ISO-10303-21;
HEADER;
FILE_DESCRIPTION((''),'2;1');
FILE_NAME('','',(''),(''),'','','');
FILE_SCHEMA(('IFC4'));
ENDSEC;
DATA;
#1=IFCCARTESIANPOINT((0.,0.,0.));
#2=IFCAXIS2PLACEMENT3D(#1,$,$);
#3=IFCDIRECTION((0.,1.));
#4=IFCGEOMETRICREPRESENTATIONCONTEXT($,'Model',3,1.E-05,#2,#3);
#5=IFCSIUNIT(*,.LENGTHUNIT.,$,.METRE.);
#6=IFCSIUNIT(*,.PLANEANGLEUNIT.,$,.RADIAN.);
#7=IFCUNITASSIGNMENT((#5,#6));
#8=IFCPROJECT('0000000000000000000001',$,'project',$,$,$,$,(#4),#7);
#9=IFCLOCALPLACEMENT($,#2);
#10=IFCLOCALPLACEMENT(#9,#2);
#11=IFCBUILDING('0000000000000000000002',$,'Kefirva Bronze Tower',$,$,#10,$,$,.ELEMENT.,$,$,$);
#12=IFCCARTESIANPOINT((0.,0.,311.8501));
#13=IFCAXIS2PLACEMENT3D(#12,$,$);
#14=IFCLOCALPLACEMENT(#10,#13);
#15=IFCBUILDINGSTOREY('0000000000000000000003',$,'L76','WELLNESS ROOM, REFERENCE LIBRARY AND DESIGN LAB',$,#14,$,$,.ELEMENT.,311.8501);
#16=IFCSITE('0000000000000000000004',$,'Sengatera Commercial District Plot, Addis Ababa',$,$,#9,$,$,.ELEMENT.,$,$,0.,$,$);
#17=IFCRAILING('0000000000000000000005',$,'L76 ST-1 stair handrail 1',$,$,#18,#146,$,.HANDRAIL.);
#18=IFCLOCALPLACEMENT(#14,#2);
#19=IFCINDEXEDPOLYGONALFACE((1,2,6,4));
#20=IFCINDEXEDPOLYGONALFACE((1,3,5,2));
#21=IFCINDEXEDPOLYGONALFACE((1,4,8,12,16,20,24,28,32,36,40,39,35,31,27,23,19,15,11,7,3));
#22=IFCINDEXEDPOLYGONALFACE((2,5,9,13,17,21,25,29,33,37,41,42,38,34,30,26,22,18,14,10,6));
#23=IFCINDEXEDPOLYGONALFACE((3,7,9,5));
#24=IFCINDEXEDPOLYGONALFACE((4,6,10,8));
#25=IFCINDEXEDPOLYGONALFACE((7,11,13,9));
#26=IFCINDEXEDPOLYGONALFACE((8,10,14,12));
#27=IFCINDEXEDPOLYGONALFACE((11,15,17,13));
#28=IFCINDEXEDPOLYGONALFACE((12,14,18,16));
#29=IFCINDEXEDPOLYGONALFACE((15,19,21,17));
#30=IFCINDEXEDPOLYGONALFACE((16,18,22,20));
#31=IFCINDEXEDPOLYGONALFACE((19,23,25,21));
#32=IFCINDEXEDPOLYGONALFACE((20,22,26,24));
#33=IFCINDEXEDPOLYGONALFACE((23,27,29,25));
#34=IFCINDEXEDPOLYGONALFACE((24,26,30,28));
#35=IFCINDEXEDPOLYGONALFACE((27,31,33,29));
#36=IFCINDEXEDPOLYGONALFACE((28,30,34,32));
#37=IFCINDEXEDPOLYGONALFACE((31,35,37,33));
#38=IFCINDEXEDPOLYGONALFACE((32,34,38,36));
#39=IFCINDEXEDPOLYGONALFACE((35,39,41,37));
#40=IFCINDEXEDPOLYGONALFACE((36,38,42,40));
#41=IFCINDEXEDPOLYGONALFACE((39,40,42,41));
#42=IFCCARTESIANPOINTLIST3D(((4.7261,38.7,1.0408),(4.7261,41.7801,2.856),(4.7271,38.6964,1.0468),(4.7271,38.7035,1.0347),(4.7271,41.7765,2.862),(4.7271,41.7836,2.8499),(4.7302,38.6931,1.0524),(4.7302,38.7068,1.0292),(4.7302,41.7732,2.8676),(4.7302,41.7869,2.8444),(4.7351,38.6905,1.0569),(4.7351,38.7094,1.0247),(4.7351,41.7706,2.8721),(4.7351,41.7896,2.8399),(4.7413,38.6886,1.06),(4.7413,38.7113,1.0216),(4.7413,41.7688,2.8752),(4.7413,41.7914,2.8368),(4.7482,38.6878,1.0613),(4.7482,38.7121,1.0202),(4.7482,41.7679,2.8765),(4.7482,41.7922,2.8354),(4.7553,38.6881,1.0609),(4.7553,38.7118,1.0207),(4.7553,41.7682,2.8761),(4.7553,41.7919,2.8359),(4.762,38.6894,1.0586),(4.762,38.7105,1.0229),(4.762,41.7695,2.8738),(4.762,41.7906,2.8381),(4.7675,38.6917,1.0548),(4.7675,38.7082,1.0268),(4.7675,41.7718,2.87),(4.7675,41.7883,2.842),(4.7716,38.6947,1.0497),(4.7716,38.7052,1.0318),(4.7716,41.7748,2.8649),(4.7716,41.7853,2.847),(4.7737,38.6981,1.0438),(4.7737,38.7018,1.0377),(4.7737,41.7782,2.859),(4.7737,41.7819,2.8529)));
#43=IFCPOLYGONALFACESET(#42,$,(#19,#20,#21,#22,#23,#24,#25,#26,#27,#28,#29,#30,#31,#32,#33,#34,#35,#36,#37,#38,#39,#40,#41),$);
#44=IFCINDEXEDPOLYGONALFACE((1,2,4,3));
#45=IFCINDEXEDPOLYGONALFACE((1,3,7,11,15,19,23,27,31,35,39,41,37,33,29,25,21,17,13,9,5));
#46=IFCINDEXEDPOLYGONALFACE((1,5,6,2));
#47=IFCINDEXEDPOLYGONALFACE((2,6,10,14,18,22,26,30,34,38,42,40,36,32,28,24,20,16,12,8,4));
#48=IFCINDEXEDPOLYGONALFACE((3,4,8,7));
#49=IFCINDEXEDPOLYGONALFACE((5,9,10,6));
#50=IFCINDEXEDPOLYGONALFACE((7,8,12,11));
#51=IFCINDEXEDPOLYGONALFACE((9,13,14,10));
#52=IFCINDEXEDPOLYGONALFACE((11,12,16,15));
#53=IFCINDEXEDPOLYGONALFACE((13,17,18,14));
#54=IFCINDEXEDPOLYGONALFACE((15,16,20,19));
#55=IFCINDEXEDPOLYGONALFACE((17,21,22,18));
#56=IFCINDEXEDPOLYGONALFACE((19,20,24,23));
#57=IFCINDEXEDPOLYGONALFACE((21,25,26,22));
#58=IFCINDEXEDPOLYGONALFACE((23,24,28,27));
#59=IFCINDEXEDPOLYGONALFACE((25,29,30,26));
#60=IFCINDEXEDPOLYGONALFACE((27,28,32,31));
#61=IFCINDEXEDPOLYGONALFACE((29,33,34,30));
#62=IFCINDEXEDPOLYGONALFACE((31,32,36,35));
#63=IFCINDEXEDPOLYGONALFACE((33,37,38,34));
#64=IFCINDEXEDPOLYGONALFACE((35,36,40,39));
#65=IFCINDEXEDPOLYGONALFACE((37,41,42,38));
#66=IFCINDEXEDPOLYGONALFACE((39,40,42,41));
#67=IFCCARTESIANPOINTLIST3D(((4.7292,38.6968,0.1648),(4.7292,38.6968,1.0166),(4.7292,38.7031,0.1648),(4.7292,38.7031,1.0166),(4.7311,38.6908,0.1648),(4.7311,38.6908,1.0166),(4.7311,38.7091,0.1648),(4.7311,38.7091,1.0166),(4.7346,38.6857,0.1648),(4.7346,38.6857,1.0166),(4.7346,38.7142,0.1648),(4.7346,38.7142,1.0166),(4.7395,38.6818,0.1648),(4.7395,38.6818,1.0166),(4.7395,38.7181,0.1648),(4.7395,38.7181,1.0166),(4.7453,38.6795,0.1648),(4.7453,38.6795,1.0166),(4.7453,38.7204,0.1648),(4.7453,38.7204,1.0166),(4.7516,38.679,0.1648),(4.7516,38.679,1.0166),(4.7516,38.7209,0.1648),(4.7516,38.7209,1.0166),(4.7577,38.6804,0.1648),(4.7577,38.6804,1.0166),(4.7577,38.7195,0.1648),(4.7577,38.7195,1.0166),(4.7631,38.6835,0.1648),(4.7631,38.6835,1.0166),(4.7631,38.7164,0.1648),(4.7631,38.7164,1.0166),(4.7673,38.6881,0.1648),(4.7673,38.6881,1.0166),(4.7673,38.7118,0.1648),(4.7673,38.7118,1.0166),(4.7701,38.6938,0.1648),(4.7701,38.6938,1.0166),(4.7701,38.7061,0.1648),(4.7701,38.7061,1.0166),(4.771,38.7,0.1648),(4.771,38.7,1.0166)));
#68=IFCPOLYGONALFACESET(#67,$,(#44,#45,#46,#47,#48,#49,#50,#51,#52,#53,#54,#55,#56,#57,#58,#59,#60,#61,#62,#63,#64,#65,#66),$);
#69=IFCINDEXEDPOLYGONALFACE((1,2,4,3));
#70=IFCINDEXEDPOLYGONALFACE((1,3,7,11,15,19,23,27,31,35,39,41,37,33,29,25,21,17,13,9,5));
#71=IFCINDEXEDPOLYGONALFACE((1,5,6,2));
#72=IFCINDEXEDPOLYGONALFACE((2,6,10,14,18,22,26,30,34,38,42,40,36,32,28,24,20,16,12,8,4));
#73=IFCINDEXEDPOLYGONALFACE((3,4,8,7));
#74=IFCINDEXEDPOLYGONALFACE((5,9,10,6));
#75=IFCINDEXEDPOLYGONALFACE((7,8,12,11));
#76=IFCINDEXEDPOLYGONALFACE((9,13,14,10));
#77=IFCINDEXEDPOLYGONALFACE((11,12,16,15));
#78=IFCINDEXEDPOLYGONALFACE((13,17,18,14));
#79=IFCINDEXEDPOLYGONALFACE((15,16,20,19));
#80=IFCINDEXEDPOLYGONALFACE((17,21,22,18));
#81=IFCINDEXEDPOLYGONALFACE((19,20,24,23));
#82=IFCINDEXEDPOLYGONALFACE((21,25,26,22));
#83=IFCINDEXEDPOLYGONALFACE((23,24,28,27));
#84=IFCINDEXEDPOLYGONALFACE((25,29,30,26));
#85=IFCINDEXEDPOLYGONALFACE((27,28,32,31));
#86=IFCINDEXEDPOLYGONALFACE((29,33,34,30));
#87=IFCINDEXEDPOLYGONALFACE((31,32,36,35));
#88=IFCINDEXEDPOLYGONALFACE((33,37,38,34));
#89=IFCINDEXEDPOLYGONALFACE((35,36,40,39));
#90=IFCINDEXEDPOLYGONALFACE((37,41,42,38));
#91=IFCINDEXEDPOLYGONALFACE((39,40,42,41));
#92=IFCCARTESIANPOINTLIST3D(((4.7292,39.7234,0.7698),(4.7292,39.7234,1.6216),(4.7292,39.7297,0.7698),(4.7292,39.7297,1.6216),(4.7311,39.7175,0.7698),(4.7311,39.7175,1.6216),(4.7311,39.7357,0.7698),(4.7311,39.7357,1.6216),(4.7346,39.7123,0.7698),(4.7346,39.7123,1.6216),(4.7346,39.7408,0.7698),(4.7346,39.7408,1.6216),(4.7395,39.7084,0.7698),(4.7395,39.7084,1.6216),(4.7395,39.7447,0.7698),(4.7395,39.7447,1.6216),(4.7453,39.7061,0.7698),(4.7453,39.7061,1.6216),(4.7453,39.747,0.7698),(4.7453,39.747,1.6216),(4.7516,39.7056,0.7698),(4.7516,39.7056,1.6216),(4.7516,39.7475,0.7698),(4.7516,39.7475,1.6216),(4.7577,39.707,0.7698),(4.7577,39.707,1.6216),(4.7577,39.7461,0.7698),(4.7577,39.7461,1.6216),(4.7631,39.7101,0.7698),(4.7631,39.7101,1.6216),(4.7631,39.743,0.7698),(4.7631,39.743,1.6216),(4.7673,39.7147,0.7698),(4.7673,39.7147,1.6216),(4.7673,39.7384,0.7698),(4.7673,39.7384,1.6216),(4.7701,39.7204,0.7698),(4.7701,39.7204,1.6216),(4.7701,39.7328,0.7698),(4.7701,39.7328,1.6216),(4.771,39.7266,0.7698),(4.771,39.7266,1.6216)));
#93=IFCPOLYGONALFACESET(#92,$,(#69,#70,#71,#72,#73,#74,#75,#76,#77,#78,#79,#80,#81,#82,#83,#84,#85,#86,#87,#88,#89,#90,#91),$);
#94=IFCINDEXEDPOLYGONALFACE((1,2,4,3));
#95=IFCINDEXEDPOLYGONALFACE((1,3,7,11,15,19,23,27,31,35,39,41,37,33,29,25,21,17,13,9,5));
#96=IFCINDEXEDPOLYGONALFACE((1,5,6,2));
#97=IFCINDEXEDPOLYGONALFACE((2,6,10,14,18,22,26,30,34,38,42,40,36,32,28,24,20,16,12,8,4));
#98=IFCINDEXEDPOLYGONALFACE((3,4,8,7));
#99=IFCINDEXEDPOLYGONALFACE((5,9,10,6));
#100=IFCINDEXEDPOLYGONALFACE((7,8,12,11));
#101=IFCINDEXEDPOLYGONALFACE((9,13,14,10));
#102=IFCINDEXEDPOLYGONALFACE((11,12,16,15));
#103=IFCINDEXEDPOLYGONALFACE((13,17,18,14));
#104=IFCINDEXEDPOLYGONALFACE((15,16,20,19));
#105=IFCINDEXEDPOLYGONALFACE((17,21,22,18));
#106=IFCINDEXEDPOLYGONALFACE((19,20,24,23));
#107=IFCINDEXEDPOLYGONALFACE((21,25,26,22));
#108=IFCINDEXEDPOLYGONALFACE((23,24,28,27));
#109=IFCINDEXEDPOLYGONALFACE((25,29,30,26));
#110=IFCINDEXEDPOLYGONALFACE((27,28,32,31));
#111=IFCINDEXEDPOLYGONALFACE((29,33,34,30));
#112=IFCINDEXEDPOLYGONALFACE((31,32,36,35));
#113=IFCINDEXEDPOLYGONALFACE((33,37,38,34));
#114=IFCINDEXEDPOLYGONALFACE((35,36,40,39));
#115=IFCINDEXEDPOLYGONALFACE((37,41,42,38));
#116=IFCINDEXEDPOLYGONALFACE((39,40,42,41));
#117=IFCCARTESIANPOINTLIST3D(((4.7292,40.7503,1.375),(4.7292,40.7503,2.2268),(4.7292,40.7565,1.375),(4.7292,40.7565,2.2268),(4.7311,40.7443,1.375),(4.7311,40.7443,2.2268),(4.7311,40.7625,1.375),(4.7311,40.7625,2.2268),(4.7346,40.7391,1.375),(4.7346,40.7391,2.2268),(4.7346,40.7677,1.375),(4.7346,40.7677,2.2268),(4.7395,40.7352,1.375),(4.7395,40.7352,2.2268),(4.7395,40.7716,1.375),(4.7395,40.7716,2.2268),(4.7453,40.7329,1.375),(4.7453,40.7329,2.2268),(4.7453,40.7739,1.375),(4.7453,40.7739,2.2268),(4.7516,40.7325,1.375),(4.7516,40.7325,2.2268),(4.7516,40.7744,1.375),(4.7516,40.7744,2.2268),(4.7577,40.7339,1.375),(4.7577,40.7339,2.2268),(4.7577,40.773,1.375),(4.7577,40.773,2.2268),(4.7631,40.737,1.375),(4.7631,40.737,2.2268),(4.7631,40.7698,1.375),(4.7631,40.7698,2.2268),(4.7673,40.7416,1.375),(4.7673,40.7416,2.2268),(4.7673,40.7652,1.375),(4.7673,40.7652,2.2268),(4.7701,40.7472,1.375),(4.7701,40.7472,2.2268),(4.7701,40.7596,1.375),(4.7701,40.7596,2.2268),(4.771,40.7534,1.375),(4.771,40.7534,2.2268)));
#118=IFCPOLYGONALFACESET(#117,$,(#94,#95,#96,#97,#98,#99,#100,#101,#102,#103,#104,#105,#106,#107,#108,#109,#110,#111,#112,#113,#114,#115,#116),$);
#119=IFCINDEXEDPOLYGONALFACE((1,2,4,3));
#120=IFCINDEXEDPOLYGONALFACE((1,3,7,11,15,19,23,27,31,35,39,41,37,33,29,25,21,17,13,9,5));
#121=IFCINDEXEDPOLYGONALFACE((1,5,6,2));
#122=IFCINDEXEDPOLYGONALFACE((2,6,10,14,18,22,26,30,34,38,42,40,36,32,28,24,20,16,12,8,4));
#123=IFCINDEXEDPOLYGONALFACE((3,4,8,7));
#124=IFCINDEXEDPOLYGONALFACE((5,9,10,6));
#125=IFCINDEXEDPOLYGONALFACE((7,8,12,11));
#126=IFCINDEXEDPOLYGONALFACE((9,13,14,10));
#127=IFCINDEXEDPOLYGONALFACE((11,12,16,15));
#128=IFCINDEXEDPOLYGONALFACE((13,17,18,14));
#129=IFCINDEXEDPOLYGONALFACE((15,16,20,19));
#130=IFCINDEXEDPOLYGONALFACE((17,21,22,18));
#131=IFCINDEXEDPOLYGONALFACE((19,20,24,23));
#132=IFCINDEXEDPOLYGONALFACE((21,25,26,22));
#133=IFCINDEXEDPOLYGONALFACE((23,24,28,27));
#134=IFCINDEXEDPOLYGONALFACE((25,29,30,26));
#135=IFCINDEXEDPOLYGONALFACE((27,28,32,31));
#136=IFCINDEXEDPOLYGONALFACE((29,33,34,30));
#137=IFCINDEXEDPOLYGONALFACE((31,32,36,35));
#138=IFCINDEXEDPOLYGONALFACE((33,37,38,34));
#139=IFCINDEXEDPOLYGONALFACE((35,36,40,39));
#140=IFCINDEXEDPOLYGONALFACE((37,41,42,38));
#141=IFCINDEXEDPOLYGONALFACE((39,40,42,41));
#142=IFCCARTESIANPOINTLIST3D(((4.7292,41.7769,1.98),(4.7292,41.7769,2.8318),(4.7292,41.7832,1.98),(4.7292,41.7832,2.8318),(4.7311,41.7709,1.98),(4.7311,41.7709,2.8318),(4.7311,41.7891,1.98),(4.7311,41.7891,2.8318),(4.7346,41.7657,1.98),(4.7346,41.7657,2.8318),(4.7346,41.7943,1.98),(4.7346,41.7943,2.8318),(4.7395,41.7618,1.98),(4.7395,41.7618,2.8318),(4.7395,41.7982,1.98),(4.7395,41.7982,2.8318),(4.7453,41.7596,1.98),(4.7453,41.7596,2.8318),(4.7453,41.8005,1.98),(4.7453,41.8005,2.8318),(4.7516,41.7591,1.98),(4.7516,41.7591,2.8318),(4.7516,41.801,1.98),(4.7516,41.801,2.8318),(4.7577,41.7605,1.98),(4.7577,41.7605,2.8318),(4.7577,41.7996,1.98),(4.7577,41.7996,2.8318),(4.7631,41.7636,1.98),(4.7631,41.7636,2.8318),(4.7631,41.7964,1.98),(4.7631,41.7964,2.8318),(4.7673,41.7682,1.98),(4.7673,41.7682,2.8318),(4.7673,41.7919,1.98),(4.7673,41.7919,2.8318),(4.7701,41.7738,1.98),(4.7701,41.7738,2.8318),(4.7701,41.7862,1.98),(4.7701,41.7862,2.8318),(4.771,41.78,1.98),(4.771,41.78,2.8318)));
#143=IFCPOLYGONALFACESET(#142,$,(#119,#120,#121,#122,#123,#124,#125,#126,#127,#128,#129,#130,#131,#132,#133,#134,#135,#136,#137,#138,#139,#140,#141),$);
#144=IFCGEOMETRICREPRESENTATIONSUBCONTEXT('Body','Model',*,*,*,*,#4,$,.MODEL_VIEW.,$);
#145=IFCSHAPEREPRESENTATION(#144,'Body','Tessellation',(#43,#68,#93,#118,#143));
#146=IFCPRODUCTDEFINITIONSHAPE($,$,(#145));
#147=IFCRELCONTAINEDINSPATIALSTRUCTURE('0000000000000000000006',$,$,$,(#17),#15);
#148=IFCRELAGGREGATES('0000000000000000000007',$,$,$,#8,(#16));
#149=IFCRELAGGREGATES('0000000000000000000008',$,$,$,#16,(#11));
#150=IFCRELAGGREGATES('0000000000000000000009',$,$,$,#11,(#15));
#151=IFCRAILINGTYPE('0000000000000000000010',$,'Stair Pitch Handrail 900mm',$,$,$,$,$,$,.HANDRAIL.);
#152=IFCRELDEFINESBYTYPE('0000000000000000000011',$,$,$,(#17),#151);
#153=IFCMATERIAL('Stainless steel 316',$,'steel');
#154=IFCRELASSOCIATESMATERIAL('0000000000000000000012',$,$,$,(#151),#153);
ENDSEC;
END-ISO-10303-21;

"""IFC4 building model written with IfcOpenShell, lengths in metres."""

from ifc_helpers import new_model, si_unit, direction, frame, origin, origin_2d, place, context, subcontext, project, spatial, circle, extrude, material, type_object, element, save


model = new_model("IFC4")

# Units and contexts
model_context = context("Model", 3, precision=1e-05, world=origin(), true_north=direction((0.0, 1.0)))
body_context = subcontext(model_context, "Body", "Model", "MODEL_VIEW")
ifc_project = project(units=[si_unit("LENGTHUNIT", "METRE"), si_unit("PLANEANGLEUNIT", "RADIAN")], contexts=[model_context])

# Site, building, storey
site_placement = place(None, origin())
site = spatial("IfcSite", under=ifc_project, at=site_placement, Name="Sengatera Commercial District Plot, Addis Ababa", CompositionType="ELEMENT", RefElevation=0.0)
building_placement = place(site_placement, origin())
building = spatial("IfcBuilding", under=site, at=building_placement, Name="Kefirva Bronze Tower", CompositionType="ELEMENT")
storey_placement = place(building_placement, frame((0.0, 0.0, 311.8501)))
storey = spatial("IfcBuildingStorey", under=building, at=storey_placement, Name="L76", Description="WELLNESS ROOM, REFERENCE LIBRARY AND DESIGN LAB", CompositionType="ELEMENT", Elevation=311.8501)

# Railing
ifc_material_1 = material(Name="Stainless steel 316", Category="steel")
railing_type_1 = type_object("IfcRailingType", Name="Stair Pitch Handrail 900mm", PredefinedType="HANDRAIL", material=ifc_material_1)
railing_1_placement = place(storey_placement, frame((4.75, 38.7, 0.1648)))
element("IfcRailing", 1, at=railing_1_placement, inside=storey, type_object=railing_type_1, Name="L76 ST-1 stair handrail 1", PredefinedType="HANDRAIL", context=body_context, shape_type="SweptSolid", body=[
    extrude(circle(Radius=0.0239, at=origin_2d()), frame((0.0, 0.0, 0.876), z_axis=(0.0, 0.861521, 0.507721), x_axis=(-1.0, 0.0, 0.0)), (0.0, 0.0, 1.0), 3.5752),
    extrude(circle(Radius=0.021, at=origin_2d()), origin(), (0.0, 0.0, 1.0), 0.8518),
    extrude(circle(Radius=0.021, at=origin_2d()), frame((0.0, 1.0266, 0.605)), (0.0, 0.0, 1.0), 0.8518),
    extrude(circle(Radius=0.021, at=origin_2d()), frame((0.0, 2.0535, 1.2102)), (0.0, 0.0, 1.0), 0.8518),
    extrude(circle(Radius=0.021, at=origin_2d()), frame((0.0, 3.0801, 1.8152)), (0.0, 0.0, 1.0), 0.8518),
])

save(model, "model.ifc")
